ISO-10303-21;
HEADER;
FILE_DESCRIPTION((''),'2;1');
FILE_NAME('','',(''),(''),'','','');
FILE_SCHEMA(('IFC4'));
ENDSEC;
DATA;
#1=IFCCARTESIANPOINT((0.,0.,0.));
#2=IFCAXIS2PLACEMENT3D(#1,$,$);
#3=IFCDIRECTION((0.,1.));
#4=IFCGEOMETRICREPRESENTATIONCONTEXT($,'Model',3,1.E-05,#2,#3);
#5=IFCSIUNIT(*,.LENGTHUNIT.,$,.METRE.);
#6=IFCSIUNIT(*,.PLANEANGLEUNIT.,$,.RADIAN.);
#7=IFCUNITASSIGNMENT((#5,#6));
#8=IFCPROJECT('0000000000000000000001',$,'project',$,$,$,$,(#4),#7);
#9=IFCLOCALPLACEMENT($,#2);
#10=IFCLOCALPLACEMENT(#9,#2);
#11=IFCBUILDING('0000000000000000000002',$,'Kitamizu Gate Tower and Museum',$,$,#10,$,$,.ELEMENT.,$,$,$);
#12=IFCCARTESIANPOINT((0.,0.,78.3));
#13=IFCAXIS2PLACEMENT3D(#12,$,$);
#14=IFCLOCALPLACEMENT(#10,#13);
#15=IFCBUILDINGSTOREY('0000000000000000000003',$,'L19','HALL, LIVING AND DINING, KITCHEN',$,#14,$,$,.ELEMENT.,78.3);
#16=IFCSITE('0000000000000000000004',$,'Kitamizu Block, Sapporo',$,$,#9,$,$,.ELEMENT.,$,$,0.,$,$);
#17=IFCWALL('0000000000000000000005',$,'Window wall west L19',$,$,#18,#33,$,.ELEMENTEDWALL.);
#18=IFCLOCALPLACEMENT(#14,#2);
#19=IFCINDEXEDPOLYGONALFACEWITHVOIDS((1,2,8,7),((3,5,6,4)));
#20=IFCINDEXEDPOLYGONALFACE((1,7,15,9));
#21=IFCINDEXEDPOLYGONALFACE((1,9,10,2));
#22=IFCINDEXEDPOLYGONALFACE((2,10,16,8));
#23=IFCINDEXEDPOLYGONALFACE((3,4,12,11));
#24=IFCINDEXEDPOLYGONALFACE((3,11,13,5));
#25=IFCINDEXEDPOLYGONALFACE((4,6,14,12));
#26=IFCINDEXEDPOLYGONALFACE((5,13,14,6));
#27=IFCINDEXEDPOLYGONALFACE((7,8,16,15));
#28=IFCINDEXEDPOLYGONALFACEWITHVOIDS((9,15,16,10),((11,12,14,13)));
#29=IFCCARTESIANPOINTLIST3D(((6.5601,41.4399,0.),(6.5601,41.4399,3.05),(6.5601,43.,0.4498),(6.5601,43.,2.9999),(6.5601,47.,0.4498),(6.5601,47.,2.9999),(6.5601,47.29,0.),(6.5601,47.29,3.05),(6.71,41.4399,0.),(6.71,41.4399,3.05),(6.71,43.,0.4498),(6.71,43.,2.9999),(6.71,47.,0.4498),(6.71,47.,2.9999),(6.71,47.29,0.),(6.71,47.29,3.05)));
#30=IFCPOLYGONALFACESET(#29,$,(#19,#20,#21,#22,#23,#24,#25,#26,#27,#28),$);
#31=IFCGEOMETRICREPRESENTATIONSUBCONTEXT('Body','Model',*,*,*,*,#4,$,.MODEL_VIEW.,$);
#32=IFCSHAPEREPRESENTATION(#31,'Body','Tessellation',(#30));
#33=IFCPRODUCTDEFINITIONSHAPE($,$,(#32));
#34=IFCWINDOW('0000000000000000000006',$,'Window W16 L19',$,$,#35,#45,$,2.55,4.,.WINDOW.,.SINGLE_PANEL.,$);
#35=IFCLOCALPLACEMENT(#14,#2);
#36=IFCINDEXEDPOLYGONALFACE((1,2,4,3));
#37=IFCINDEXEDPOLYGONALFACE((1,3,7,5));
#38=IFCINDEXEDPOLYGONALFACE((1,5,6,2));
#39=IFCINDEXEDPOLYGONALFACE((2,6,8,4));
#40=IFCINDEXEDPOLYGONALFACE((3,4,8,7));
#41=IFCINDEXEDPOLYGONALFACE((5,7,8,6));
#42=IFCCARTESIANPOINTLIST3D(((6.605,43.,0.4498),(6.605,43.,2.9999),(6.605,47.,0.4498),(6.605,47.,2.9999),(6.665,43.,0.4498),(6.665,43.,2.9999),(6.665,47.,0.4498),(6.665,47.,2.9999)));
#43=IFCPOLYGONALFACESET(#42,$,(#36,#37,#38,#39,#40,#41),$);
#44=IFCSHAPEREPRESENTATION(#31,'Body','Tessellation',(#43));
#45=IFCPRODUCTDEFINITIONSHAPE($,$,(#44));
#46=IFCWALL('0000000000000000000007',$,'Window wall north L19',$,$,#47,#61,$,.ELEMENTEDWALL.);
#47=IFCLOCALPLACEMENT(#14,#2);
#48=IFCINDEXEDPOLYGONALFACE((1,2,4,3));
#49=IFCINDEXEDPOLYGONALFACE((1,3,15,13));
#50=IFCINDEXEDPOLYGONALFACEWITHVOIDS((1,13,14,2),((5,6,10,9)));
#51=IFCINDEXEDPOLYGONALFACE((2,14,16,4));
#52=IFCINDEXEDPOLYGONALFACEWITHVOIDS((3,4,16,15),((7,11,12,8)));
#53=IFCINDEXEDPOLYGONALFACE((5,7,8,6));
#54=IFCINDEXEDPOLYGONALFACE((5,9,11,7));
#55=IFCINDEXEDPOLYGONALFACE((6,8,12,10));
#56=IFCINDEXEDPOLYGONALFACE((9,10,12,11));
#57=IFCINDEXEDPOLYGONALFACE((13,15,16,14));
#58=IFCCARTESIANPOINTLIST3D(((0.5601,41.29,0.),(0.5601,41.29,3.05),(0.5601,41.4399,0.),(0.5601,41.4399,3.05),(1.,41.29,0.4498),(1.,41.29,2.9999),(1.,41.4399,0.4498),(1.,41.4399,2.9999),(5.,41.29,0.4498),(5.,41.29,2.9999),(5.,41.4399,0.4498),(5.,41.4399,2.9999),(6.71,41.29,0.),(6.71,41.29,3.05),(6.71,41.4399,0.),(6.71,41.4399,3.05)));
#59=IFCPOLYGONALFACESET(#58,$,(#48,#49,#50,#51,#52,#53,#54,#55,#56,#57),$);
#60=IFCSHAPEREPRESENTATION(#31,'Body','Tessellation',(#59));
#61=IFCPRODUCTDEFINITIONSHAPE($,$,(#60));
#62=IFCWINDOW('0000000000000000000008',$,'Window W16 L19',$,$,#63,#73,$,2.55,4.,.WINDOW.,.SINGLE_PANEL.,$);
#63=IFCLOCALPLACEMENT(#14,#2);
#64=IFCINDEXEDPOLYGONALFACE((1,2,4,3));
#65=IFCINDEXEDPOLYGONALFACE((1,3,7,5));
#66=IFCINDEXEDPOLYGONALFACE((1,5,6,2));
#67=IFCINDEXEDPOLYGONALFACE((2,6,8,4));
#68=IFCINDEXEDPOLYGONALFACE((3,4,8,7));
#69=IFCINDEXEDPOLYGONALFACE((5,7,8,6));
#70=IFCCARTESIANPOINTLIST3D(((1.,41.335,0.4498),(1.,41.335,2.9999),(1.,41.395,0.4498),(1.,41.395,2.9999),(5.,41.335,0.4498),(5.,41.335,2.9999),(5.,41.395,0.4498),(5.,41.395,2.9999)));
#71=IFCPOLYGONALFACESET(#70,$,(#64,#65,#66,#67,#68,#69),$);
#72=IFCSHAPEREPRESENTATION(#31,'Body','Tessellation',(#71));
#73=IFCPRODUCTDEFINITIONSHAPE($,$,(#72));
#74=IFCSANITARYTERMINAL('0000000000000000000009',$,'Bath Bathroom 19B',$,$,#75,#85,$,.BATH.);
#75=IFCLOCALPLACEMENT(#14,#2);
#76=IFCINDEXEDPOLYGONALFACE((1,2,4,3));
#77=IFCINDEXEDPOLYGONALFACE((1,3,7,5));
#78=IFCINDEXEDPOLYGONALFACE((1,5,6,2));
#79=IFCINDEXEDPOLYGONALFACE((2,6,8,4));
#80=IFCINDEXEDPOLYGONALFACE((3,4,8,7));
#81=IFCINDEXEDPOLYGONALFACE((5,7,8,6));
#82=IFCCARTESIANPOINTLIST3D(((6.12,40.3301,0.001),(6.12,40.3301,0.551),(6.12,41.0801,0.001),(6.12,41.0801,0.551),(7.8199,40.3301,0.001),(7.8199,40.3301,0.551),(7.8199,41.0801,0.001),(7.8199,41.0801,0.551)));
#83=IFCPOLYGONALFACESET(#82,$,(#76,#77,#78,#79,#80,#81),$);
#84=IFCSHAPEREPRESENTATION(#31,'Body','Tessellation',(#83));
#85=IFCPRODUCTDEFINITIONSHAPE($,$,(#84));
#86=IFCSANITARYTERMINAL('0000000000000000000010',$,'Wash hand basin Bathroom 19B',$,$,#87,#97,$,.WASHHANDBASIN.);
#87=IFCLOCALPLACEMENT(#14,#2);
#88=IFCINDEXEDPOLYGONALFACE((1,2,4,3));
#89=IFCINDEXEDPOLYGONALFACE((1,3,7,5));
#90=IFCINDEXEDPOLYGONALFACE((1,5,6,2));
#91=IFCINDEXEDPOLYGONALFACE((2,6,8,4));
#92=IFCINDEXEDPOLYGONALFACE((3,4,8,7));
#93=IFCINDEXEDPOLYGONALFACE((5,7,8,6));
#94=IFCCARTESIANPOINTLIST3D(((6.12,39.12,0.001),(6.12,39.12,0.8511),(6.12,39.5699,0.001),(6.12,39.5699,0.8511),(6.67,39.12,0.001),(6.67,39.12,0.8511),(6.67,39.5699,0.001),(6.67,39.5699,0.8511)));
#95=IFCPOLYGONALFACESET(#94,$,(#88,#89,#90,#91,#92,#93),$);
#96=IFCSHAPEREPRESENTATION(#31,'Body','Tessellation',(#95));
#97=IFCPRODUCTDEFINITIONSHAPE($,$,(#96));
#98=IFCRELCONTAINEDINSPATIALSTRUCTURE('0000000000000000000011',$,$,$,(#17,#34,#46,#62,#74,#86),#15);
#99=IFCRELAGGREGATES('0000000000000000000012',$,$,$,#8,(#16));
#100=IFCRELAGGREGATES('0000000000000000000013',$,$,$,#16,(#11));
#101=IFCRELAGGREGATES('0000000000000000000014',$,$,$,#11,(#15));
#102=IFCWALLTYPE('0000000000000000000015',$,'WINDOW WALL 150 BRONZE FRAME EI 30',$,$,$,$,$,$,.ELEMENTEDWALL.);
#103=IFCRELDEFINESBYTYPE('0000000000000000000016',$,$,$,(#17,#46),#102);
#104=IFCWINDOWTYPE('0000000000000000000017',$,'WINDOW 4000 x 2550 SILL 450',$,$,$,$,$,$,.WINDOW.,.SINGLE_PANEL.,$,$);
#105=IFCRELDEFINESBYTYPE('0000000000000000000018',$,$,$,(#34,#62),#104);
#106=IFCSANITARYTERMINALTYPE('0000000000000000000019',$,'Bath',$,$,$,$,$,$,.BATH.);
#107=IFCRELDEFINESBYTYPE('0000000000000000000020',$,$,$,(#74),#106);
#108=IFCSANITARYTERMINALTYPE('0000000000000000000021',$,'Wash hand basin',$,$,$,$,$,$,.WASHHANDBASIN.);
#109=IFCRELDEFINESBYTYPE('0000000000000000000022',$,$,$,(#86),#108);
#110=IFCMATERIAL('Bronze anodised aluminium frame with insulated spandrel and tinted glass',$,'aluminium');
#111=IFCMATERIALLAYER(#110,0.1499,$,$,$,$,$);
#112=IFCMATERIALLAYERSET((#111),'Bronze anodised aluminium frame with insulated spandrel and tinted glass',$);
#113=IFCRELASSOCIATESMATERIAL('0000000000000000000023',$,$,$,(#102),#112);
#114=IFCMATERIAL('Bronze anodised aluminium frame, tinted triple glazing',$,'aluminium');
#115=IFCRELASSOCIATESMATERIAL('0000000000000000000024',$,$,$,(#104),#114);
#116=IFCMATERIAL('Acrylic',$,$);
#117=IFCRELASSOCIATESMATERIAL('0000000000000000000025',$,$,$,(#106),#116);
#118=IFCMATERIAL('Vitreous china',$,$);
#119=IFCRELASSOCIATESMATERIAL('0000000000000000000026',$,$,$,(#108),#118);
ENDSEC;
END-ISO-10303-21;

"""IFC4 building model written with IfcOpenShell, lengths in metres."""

from ifc_helpers import new_model, si_unit, direction, frame, frame_2d, origin, origin_2d, place, context, subcontext, project, spatial, rectangle, extrude, material, layer, layer_set, type_object, element, fill, save


model = new_model("IFC4")

# Units and contexts
model_context = context("Model", 3, precision=1e-05, world=origin(), true_north=direction((0.0, 1.0)))
body_context = subcontext(model_context, "Body", "Model", "MODEL_VIEW")
ifc_project = project(units=[si_unit("LENGTHUNIT", "METRE"), si_unit("PLANEANGLEUNIT", "RADIAN")], contexts=[model_context])

# Site, building, storey
site_placement = place(None, origin())
site = spatial("IfcSite", under=ifc_project, at=site_placement, Name="Kitamizu Block, Sapporo", CompositionType="ELEMENT", RefElevation=0.0)
building_placement = place(site_placement, origin())
building = spatial("IfcBuilding", under=site, at=building_placement, Name="Kitamizu Gate Tower and Museum", CompositionType="ELEMENT")
storey_placement = place(building_placement, frame((0.0, 0.0, 78.3)))
storey = spatial("IfcBuildingStorey", under=building, at=storey_placement, Name="L19", Description="HALL, LIVING AND DINING, KITCHEN", CompositionType="ELEMENT", Elevation=78.3)

# Shared definitions
ifc_material_1 = material(Name="Bronze anodised aluminium frame with insulated spandrel and tinted glass", Category="aluminium")
ifc_layer_1 = layer(ifc_material_1, 0.1499)
ifc_layer_set_1 = layer_set([ifc_layer_1], Name="Bronze anodised aluminium frame with insulated spandrel and tinted glass")
wall_type_1 = type_object("IfcWallType", Name="WINDOW WALL 150 BRONZE FRAME EI 30", PredefinedType="ELEMENTEDWALL", material=ifc_layer_set_1)

# Walls, openings, windows
wall_1_placement = place(storey_placement, frame((6.635, 41.4399, 0.0), z_axis=(0.0, 0.0, 1.0), x_axis=(0.0, 1.0, 0.0)))
wall_1 = element("IfcWall", 1, at=wall_1_placement, inside=storey, type_object=wall_type_1, Name="Window wall west L19", PredefinedType="ELEMENTEDWALL", context=body_context, shape_type="SweptSolid", body=[
    extrude(rectangle(XDim=5.8501, YDim=0.1499, at=frame_2d((2.925, 0.0))), origin(), (0.0, 0.0, 1.0), 3.05),
])
opening_1_placement = place(wall_1_placement, frame((1.5601, 0.0, 0.45)))
opening_1 = element("IfcOpeningElement", 2, at=opening_1_placement, cuts=wall_1, PredefinedType="OPENING", context=body_context, shape_type="SweptSolid", body=[
    extrude(rectangle(XDim=4.0, YDim=2.55, at=frame_2d((2.0, 1.2749))), frame((0.0, 0.085, 0.0), z_axis=(0.0, -1.0, 0.0), x_axis=(1.0, 0.0, 0.0)), (0.0, 0.0, 1.0), 0.1699),
])
ifc_material_2 = material(Name="Bronze anodised aluminium frame, tinted triple glazing", Category="aluminium")
window_type_1 = type_object("IfcWindowType", Name="WINDOW 4000 x 2550 SILL 450", PartitioningType="SINGLE_PANEL", PredefinedType="WINDOW", material=ifc_material_2)
window_1_placement = place(opening_1_placement, origin())
window_1 = element("IfcWindow", 3, at=window_1_placement, inside=storey, type_object=window_type_1, Name="Window W16 L19", OverallHeight=2.55, OverallWidth=4.0, PartitioningType="SINGLE_PANEL", PredefinedType="WINDOW", context=body_context, shape_type="SweptSolid", body=[
    extrude(rectangle(XDim=4.0, YDim=2.55, at=frame_2d((2.0, 1.2749))), frame((0.0, 0.03, 0.0), z_axis=(0.0, -1.0, 0.0), x_axis=(1.0, 0.0, 0.0)), (0.0, 0.0, 1.0), 0.0601),
])
fill(opening_1, window_1)
wall_2_placement = place(storey_placement, frame((0.5601, 41.365, 0.0), z_axis=(0.0, 0.0, 1.0), x_axis=(1.0, 0.0, 0.0)))
wall_2 = element("IfcWall", 4, at=wall_2_placement, inside=storey, type_object=wall_type_1, Name="Window wall north L19", PredefinedType="ELEMENTEDWALL", context=body_context, shape_type="SweptSolid", body=[
    extrude(rectangle(XDim=6.1499, YDim=0.1499, at=frame_2d((3.075, 0.0))), origin(), (0.0, 0.0, 1.0), 3.05),
])
opening_2_placement = place(wall_2_placement, frame((0.4399, 0.0, 0.45)))
opening_2 = element("IfcOpeningElement", 5, at=opening_2_placement, cuts=wall_2, PredefinedType="OPENING", context=body_context, shape_type="SweptSolid", body=[
    extrude(rectangle(XDim=4.0, YDim=2.55, at=frame_2d((2.0, 1.2749))), frame((0.0, 0.085, 0.0), z_axis=(0.0, -1.0, 0.0), x_axis=(1.0, 0.0, 0.0)), (0.0, 0.0, 1.0), 0.1699),
])
window_2_placement = place(opening_2_placement, origin())
window_2 = element("IfcWindow", 6, at=window_2_placement, inside=storey, type_object=window_type_1, Name="Window W16 L19", OverallHeight=2.55, OverallWidth=4.0, PartitioningType="SINGLE_PANEL", PredefinedType="WINDOW", context=body_context, shape_type="SweptSolid", body=[
    extrude(rectangle(XDim=4.0, YDim=2.55, at=frame_2d((2.0, 1.2749))), frame((0.0, 0.03, 0.0), z_axis=(0.0, -1.0, 0.0), x_axis=(1.0, 0.0, 0.0)), (0.0, 0.0, 1.0), 0.0601),
])
fill(opening_2, window_2)

# Sanitary terminals
ifc_material_3 = material(Name="Acrylic")
sanitary_terminal_type_1 = type_object("IfcSanitaryTerminalType", Name="Bath", PredefinedType="BATH", material=ifc_material_3)
sanitary_terminal_1_placement = place(storey_placement, frame((6.97, 40.7051, 0.001), z_axis=(0.0, 0.0, 1.0), x_axis=(1.0, 0.0, 0.0)))
element("IfcSanitaryTerminal", 7, at=sanitary_terminal_1_placement, inside=storey, type_object=sanitary_terminal_type_1, Name="Bath Bathroom 19B", PredefinedType="BATH", context=body_context, shape_type="SweptSolid", body=[
    extrude(rectangle(XDim=1.7, YDim=0.75, at=origin_2d()), origin(), (0.0, 0.0, 1.0), 0.55),
])
ifc_material_4 = material(Name="Vitreous china")
sanitary_terminal_type_2 = type_object("IfcSanitaryTerminalType", Name="Wash hand basin", PredefinedType="WASHHANDBASIN", material=ifc_material_4)
sanitary_terminal_2_placement = place(storey_placement, frame((6.395, 39.345, 0.001), z_axis=(0.0, 0.0, 1.0), x_axis=(1.0, 0.0, 0.0)))
element("IfcSanitaryTerminal", 8, at=sanitary_terminal_2_placement, inside=storey, type_object=sanitary_terminal_type_2, Name="Wash hand basin Bathroom 19B", PredefinedType="WASHHANDBASIN", context=body_context, shape_type="SweptSolid", body=[
    extrude(rectangle(XDim=0.55, YDim=0.45, at=origin_2d()), origin(), (0.0, 0.0, 1.0), 0.8501),
])

save(model, "model.ifc")
